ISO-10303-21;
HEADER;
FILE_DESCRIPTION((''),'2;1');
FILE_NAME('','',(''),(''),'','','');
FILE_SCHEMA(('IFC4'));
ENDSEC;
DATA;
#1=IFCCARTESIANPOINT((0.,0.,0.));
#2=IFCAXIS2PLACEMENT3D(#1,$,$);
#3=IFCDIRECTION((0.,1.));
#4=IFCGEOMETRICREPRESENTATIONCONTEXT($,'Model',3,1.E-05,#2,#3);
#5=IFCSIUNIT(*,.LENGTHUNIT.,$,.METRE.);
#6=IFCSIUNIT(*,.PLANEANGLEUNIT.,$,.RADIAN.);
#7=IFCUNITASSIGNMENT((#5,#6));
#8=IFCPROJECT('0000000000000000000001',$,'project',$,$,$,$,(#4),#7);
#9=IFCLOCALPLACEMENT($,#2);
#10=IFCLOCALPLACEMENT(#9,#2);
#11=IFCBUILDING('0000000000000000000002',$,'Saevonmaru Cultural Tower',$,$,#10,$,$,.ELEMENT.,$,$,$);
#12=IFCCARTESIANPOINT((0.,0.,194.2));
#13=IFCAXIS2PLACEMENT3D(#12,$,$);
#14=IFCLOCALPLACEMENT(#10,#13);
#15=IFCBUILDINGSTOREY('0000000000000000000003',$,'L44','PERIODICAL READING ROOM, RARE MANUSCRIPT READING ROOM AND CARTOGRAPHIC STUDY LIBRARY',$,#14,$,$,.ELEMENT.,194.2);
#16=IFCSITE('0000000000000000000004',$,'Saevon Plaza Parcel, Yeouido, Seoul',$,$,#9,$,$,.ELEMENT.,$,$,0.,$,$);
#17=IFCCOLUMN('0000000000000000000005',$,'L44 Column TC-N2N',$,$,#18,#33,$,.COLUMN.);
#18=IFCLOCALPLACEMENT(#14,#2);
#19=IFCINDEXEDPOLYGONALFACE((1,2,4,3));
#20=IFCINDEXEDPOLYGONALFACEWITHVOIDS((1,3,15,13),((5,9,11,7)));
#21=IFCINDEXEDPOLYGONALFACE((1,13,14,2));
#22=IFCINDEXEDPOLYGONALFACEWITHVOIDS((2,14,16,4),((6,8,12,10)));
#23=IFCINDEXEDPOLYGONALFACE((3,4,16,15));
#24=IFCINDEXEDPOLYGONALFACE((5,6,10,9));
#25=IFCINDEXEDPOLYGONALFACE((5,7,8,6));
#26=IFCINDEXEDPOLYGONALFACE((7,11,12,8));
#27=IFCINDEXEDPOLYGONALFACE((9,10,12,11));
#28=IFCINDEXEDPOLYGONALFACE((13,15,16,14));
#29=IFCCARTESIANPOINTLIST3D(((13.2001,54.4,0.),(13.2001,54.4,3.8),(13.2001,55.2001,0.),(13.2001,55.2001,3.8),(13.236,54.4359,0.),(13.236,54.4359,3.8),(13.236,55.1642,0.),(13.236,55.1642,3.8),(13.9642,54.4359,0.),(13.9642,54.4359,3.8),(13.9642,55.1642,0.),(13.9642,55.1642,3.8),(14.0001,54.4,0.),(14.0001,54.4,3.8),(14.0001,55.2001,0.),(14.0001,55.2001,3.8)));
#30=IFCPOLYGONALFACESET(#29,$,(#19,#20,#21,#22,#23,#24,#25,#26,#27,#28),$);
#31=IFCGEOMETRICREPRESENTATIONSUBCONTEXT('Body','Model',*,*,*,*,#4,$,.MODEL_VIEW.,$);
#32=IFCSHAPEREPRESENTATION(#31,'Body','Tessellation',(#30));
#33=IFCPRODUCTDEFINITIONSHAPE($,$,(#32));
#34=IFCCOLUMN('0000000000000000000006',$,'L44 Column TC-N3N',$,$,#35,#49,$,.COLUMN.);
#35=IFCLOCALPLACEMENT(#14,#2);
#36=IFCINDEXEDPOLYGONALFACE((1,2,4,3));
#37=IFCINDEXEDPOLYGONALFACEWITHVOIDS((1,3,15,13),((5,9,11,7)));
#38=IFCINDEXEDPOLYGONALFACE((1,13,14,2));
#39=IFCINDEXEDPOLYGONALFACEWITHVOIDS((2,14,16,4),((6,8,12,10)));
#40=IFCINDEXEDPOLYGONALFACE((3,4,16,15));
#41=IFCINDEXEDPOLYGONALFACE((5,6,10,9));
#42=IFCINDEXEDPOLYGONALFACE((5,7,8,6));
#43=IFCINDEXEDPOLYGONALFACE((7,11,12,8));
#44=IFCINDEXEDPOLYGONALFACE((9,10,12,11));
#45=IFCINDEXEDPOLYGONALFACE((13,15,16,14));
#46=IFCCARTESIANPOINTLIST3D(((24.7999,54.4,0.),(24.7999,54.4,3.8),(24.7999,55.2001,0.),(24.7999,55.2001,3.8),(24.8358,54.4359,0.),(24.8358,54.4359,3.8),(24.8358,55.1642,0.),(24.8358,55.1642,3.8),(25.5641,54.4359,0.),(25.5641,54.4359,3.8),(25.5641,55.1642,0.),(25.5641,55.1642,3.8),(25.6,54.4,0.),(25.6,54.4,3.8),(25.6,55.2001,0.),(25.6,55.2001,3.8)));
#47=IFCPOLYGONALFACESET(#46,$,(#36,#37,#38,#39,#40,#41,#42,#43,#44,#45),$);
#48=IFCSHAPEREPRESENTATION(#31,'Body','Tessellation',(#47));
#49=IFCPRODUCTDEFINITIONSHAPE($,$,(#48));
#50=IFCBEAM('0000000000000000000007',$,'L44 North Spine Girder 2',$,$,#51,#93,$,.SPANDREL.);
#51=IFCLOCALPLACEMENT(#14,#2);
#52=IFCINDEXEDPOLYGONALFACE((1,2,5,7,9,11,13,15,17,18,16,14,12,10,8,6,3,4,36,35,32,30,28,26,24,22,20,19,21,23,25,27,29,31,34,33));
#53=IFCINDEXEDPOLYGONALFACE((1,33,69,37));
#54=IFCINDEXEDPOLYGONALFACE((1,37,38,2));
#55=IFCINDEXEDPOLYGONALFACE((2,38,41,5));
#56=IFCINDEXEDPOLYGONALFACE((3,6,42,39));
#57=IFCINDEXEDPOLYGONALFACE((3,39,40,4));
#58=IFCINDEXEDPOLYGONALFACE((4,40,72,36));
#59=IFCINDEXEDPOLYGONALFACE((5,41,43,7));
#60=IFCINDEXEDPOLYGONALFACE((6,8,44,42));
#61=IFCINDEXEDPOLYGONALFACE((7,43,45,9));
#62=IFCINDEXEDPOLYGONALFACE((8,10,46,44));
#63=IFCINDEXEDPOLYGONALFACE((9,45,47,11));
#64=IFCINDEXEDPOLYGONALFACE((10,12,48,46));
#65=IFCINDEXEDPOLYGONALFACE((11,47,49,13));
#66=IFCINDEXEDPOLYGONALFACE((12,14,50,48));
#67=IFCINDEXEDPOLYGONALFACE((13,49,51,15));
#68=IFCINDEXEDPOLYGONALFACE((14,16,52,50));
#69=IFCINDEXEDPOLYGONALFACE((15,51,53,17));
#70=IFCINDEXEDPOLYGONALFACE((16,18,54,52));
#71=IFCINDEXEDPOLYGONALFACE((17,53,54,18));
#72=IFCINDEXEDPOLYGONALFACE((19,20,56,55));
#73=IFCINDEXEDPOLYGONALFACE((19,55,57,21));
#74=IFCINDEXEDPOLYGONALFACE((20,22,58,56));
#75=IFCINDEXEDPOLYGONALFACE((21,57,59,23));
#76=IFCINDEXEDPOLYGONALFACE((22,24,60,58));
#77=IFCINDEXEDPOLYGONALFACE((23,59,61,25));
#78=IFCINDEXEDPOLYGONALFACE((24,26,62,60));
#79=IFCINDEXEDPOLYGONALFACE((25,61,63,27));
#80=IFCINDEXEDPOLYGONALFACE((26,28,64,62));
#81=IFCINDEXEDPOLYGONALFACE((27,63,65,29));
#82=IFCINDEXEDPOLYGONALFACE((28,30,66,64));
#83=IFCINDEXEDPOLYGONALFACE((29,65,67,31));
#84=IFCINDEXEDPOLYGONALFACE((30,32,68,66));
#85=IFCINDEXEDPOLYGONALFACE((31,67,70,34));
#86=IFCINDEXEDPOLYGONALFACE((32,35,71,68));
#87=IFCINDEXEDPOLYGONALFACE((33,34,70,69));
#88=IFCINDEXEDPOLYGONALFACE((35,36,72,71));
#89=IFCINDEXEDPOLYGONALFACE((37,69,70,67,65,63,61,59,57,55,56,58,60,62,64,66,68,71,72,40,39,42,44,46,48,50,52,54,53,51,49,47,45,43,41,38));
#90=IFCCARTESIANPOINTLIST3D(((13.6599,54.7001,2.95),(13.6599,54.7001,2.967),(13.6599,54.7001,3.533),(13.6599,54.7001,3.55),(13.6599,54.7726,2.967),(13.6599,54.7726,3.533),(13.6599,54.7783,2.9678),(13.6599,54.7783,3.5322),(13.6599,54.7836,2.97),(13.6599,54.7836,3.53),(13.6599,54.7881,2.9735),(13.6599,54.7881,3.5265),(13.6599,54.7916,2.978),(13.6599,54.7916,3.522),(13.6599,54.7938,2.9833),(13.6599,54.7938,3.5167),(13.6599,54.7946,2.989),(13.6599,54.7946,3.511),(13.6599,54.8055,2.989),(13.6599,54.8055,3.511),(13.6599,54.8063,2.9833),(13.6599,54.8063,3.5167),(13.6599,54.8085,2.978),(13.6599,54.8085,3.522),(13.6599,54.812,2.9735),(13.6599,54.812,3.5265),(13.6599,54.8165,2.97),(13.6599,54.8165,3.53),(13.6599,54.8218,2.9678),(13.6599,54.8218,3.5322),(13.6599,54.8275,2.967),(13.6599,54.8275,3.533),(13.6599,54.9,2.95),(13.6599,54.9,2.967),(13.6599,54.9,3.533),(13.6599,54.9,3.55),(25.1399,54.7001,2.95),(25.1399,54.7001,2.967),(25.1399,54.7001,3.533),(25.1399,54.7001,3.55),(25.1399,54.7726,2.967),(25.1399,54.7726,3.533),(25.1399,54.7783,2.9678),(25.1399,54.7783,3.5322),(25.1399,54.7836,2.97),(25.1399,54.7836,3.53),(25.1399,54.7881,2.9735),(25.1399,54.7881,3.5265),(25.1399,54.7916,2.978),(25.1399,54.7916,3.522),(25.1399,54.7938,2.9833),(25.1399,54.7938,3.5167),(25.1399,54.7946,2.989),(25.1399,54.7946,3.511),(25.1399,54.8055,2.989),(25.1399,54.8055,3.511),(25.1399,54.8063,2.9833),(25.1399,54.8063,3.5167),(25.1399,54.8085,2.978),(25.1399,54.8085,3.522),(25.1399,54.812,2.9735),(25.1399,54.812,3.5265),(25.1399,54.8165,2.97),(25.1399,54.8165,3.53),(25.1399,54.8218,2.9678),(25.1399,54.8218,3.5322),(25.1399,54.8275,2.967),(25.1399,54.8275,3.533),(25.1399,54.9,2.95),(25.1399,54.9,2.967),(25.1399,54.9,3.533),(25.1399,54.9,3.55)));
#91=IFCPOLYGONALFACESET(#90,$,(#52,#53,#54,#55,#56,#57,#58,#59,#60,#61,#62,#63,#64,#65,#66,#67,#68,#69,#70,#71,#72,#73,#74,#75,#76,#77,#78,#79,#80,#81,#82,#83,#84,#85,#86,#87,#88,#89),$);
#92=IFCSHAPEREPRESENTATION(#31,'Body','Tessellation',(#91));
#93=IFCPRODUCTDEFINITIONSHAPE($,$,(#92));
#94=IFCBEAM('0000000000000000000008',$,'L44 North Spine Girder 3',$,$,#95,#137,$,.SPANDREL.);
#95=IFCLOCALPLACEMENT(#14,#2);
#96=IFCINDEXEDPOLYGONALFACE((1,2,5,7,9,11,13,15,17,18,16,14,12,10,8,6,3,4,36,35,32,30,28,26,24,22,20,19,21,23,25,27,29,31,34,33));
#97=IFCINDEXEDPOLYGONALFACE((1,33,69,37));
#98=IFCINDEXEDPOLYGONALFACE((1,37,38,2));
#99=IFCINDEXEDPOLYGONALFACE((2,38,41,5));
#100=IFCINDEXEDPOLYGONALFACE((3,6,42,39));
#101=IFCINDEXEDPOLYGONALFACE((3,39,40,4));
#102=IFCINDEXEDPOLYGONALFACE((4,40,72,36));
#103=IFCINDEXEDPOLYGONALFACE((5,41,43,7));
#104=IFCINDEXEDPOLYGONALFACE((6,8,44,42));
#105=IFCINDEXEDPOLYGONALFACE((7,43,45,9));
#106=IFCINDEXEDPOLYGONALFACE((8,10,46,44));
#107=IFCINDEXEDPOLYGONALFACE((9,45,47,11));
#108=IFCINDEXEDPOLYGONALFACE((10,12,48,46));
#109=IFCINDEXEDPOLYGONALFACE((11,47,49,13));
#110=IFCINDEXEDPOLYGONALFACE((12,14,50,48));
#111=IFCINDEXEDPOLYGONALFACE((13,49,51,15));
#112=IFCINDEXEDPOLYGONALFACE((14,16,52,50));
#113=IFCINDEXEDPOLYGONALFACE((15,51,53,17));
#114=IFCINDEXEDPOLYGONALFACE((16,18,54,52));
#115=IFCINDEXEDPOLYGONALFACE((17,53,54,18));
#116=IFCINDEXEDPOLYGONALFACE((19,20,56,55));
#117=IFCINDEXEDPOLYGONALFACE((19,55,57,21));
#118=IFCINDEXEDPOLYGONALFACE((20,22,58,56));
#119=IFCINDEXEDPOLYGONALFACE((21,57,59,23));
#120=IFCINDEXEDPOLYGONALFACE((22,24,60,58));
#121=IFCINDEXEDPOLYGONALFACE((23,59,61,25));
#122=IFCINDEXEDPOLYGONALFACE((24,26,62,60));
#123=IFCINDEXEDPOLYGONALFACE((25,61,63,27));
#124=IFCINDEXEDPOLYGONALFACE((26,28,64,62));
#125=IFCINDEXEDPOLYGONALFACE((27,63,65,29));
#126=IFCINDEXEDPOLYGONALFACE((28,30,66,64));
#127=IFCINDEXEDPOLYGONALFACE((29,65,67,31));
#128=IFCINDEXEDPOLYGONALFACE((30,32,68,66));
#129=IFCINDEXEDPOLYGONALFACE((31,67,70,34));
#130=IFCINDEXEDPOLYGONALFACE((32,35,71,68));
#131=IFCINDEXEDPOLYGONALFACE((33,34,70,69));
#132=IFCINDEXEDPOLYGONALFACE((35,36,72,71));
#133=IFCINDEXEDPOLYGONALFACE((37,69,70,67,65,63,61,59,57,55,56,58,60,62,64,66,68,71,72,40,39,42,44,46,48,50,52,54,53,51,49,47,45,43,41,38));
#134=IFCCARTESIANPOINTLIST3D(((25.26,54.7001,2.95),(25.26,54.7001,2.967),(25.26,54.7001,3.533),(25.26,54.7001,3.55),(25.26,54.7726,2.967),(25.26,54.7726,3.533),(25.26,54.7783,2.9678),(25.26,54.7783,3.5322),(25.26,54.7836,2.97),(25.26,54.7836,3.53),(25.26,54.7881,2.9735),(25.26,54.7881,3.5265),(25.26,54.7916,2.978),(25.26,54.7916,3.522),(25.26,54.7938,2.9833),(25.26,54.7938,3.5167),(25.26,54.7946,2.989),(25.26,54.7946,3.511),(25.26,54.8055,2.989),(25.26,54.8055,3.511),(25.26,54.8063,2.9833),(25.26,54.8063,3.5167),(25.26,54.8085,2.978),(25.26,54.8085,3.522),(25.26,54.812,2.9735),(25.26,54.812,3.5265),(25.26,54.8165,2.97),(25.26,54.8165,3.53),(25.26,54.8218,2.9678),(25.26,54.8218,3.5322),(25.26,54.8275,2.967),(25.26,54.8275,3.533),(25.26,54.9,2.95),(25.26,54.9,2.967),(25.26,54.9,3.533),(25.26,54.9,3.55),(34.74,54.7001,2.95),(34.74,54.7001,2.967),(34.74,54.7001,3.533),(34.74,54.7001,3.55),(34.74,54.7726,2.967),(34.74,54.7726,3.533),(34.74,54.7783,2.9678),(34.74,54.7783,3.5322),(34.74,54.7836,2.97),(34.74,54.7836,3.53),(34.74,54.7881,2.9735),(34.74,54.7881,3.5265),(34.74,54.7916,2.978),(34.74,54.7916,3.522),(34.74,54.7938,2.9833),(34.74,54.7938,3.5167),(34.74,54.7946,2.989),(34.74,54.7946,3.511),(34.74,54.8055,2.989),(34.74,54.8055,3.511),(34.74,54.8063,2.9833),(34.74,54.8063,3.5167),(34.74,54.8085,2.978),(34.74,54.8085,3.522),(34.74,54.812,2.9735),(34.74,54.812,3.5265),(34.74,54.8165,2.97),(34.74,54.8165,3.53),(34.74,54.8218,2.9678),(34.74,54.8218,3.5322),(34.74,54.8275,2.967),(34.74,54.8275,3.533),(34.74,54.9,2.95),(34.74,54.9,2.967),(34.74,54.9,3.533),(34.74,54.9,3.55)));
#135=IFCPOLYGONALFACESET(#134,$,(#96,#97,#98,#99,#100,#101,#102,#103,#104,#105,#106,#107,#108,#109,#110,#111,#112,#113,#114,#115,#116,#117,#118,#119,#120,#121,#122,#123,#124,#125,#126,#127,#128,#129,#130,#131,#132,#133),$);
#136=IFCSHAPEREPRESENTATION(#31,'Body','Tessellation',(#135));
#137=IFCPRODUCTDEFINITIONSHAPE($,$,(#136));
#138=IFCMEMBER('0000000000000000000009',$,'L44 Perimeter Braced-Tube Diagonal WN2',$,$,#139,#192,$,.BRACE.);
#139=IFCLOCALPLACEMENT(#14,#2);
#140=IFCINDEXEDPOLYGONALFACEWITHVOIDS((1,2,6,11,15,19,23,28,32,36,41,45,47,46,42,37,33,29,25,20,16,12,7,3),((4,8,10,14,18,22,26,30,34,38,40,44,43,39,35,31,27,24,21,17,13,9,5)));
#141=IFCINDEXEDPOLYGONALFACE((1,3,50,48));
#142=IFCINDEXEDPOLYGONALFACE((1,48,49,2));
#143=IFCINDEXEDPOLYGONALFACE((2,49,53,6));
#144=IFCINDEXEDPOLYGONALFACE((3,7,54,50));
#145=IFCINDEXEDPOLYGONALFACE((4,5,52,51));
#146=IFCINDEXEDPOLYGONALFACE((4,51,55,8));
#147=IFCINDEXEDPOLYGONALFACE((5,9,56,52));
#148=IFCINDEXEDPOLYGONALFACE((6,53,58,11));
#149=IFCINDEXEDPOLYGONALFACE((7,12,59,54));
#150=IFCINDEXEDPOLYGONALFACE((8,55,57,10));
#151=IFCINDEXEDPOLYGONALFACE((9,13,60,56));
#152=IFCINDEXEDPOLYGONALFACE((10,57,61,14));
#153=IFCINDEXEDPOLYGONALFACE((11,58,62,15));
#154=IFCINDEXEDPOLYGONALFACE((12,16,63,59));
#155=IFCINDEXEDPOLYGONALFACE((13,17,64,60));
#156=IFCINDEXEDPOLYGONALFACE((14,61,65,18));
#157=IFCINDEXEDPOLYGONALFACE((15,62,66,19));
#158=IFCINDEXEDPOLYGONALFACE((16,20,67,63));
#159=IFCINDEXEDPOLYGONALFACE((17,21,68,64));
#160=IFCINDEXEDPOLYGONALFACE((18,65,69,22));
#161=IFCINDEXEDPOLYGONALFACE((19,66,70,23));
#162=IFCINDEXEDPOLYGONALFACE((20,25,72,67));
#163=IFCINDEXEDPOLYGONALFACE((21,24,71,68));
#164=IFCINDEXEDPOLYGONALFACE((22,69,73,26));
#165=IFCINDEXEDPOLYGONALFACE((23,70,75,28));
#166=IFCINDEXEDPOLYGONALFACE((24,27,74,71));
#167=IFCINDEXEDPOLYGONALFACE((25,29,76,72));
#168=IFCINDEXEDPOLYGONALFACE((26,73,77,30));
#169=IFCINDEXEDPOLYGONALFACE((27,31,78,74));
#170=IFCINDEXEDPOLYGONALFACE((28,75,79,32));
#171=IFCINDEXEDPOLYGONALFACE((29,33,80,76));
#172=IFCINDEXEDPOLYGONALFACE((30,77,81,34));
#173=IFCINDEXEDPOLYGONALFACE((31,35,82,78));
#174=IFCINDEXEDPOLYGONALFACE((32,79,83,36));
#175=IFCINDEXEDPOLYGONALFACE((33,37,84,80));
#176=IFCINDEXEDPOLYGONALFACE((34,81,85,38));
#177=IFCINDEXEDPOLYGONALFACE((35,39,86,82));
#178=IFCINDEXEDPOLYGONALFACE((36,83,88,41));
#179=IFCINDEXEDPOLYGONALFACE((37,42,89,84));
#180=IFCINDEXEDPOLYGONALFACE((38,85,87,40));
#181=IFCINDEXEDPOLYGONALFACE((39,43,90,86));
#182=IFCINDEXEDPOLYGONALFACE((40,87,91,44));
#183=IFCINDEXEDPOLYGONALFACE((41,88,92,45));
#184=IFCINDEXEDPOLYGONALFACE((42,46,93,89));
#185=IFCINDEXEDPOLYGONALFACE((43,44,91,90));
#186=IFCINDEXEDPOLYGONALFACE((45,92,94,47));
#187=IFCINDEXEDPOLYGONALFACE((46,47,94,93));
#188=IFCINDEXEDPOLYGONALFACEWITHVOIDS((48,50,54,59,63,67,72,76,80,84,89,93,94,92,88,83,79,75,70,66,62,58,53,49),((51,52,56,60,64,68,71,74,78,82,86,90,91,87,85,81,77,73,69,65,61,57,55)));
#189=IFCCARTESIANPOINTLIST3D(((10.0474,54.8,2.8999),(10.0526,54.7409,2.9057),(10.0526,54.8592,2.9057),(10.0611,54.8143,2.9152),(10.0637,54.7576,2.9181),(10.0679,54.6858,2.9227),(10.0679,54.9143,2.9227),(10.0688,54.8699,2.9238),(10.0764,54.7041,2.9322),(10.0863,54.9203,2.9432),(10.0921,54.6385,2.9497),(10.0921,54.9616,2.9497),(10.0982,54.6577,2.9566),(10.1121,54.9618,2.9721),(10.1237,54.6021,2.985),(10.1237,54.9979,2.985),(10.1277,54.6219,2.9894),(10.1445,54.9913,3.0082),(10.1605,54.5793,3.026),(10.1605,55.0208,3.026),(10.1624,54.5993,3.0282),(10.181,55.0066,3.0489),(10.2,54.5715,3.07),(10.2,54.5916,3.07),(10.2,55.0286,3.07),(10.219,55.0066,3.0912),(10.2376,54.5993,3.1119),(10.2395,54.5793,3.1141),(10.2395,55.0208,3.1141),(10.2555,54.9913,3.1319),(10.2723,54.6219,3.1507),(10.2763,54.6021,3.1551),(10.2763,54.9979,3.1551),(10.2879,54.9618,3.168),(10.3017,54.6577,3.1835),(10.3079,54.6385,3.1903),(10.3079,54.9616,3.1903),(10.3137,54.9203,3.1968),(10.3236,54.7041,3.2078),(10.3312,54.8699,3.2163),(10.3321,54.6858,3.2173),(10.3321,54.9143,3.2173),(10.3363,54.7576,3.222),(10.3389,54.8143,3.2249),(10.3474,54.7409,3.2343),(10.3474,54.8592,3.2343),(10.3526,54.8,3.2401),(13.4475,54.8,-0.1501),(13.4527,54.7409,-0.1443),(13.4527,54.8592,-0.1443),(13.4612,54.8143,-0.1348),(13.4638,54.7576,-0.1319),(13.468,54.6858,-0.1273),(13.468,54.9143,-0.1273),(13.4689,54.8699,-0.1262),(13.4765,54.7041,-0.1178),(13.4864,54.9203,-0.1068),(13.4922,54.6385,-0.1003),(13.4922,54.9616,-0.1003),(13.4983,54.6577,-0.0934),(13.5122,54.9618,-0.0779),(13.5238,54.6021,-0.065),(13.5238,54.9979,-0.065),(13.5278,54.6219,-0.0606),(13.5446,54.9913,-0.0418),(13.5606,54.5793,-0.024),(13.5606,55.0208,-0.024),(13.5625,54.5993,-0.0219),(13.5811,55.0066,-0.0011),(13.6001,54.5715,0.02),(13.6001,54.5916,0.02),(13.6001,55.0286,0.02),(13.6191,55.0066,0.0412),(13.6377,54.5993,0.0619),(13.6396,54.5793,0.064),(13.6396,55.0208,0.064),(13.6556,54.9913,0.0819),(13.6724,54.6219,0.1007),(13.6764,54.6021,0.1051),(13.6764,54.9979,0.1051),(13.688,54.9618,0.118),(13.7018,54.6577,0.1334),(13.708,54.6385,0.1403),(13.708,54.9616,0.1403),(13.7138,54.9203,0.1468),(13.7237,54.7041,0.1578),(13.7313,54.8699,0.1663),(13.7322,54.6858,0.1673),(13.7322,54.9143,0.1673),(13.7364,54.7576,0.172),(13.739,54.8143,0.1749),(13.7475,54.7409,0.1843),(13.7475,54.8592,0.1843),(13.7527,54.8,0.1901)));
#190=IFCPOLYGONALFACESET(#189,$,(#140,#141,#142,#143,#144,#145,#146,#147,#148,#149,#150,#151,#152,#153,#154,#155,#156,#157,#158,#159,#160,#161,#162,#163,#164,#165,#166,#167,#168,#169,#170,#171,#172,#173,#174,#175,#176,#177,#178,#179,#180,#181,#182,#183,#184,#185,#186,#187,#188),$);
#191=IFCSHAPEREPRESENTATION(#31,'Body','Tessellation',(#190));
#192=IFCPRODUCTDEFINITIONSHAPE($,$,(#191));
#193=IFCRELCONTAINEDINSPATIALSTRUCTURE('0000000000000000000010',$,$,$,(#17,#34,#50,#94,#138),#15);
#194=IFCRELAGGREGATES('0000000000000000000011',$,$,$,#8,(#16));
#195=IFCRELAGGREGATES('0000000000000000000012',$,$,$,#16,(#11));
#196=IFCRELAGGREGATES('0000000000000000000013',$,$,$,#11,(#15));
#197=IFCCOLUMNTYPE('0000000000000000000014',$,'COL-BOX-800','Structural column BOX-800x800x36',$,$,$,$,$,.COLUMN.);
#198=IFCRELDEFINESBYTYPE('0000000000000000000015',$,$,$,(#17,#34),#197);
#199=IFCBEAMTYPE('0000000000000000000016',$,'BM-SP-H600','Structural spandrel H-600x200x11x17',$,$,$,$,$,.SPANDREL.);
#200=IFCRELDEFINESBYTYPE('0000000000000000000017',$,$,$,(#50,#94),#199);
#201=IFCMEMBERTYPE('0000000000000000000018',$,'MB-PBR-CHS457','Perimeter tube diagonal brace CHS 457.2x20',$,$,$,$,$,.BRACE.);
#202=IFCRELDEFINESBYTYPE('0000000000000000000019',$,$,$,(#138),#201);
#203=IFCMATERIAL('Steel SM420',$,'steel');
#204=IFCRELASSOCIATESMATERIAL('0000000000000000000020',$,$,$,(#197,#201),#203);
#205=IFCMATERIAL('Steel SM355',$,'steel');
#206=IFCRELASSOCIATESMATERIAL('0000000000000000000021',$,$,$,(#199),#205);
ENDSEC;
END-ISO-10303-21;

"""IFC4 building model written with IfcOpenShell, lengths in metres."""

from ifc_helpers import new_model, si_unit, direction, frame, origin, origin_2d, place, context, subcontext, project, spatial, hollow_rectangle, hollow_circle, i_section, extrude, material, material_profile, profile_set, type_object, element, save


model = new_model("IFC4")

# Units and contexts
model_context = context("Model", 3, precision=1e-05, world=origin(), true_north=direction((0.0, 1.0)))
body_context = subcontext(model_context, "Body", "Model", "MODEL_VIEW")
ifc_project = project(units=[si_unit("LENGTHUNIT", "METRE"), si_unit("PLANEANGLEUNIT", "RADIAN")], contexts=[model_context])

# Site, building, storey
site_placement = place(None, origin())
site = spatial("IfcSite", under=ifc_project, at=site_placement, Name="Saevon Plaza Parcel, Yeouido, Seoul", CompositionType="ELEMENT", RefElevation=0.0)
building_placement = place(site_placement, origin())
building = spatial("IfcBuilding", under=site, at=building_placement, Name="Saevonmaru Cultural Tower", CompositionType="ELEMENT")
storey_placement = place(building_placement, frame((0.0, 0.0, 194.2)))
storey = spatial("IfcBuildingStorey", under=building, at=storey_placement, Name="L44", Description="PERIODICAL READING ROOM, RARE MANUSCRIPT READING ROOM AND CARTOGRAPHIC STUDY LIBRARY", CompositionType="ELEMENT", Elevation=194.2)

# Columns
ifc_material_1 = material(Name="Steel SM420", Category="steel")
ifc_material_profile_1 = material_profile(ifc_material_1, hollow_rectangle(XDim=0.8, YDim=0.8, WallThickness=0.0359, at=origin_2d()), Name="BOX-800x800x36")
ifc_profile_set_1 = profile_set([ifc_material_profile_1], Name="Steel SM420")
column_type = type_object("IfcColumnType", Name="COL-BOX-800", Description="Structural column BOX-800x800x36", PredefinedType="COLUMN", material=ifc_profile_set_1)
for number, where, z_axis, x_axis, name in (
    (1, (13.6001, 54.8, 0.0), (0.0, 0.0, 1.0), (1.0, 0.0, 0.0), "L44 Column TC-N2N"),
    (2, (25.2, 54.8, 0.0), (0.0, 0.0, 1.0), (1.0, 0.0, 0.0), "L44 Column TC-N3N"),
):
    element("IfcColumn", number, at=place(storey_placement, frame(where, z_axis=z_axis, x_axis=x_axis)), inside=storey, type_object=column_type, Name=name, PredefinedType="COLUMN", context=body_context, shape_type="SweptSolid", body=[
        extrude(hollow_rectangle(XDim=0.8, YDim=0.8, WallThickness=0.0359, at=origin_2d()), origin(), (0.0, 0.0, 1.0), 3.8),
    ])

# Beams
ifc_material_2 = material(Name="Steel SM355", Category="steel")
ifc_material_profile_2 = material_profile(ifc_material_2, i_section(OverallWidth=0.2, OverallDepth=0.6001, WebThickness=0.011, FlangeThickness=0.0171, FilletRadius=0.022, at=origin_2d()), Name="H-600x200x11x17")
ifc_profile_set_2 = profile_set([ifc_material_profile_2], Name="Steel SM355")
beam_type = type_object("IfcBeamType", Name="BM-SP-H600", Description="Structural spandrel H-600x200x11x17", PredefinedType="SPANDREL", material=ifc_profile_set_2)
beam_1_placement = place(storey_placement, frame((13.6599, 54.8, 3.25), z_axis=(1.0, 0.0, 0.0), x_axis=(0.0, 1.0, 0.0)))
element("IfcBeam", 3, at=beam_1_placement, inside=storey, type_object=beam_type, Name="L44 North Spine Girder 2", PredefinedType="SPANDREL", context=body_context, shape_type="SweptSolid", body=[
    extrude(i_section(OverallWidth=0.2, OverallDepth=0.6001, WebThickness=0.011, FlangeThickness=0.0171, FilletRadius=0.022, at=origin_2d()), origin(), (0.0, 0.0, 1.0), 11.48),
])
beam_2_placement = place(storey_placement, frame((25.26, 54.8, 3.25), z_axis=(1.0, 0.0, 0.0), x_axis=(0.0, 1.0, 0.0)))
element("IfcBeam", 4, at=beam_2_placement, inside=storey, type_object=beam_type, Name="L44 North Spine Girder 3", PredefinedType="SPANDREL", context=body_context, shape_type="SweptSolid", body=[
    extrude(i_section(OverallWidth=0.2, OverallDepth=0.6001, WebThickness=0.011, FlangeThickness=0.0171, FilletRadius=0.022, at=origin_2d()), origin(), (0.0, 0.0, 1.0), 9.48),
])

# Member
ifc_material_profile_3 = material_profile(ifc_material_1, hollow_circle(Radius=0.2285, WallThickness=0.02, at=origin_2d()), Name="CHS-457.2x20")
ifc_profile_set_3 = profile_set([ifc_material_profile_3], Name="Steel SM420")
member_type_1 = type_object("IfcMemberType", Name="MB-PBR-CHS457", Description="Perimeter tube diagonal brace CHS 457.2x20", PredefinedType="BRACE", material=ifc_profile_set_3)
member_1_placement = place(storey_placement, frame((13.6001, 54.8, 0.02), z_axis=(-0.744391, 0.0, 0.667744), x_axis=(0.0, -1.0, 0.0)))
element("IfcMember", 5, at=member_1_placement, inside=storey, type_object=member_type_1, Name="L44 Perimeter Braced-Tube Diagonal WN2", PredefinedType="BRACE", context=body_context, shape_type="SweptSolid", body=[
    extrude(hollow_circle(Radius=0.2285, WallThickness=0.02, at=origin_2d()), origin(), (0.0, 0.0, 1.0), 4.5676),
])

save(model, "model.ifc")
